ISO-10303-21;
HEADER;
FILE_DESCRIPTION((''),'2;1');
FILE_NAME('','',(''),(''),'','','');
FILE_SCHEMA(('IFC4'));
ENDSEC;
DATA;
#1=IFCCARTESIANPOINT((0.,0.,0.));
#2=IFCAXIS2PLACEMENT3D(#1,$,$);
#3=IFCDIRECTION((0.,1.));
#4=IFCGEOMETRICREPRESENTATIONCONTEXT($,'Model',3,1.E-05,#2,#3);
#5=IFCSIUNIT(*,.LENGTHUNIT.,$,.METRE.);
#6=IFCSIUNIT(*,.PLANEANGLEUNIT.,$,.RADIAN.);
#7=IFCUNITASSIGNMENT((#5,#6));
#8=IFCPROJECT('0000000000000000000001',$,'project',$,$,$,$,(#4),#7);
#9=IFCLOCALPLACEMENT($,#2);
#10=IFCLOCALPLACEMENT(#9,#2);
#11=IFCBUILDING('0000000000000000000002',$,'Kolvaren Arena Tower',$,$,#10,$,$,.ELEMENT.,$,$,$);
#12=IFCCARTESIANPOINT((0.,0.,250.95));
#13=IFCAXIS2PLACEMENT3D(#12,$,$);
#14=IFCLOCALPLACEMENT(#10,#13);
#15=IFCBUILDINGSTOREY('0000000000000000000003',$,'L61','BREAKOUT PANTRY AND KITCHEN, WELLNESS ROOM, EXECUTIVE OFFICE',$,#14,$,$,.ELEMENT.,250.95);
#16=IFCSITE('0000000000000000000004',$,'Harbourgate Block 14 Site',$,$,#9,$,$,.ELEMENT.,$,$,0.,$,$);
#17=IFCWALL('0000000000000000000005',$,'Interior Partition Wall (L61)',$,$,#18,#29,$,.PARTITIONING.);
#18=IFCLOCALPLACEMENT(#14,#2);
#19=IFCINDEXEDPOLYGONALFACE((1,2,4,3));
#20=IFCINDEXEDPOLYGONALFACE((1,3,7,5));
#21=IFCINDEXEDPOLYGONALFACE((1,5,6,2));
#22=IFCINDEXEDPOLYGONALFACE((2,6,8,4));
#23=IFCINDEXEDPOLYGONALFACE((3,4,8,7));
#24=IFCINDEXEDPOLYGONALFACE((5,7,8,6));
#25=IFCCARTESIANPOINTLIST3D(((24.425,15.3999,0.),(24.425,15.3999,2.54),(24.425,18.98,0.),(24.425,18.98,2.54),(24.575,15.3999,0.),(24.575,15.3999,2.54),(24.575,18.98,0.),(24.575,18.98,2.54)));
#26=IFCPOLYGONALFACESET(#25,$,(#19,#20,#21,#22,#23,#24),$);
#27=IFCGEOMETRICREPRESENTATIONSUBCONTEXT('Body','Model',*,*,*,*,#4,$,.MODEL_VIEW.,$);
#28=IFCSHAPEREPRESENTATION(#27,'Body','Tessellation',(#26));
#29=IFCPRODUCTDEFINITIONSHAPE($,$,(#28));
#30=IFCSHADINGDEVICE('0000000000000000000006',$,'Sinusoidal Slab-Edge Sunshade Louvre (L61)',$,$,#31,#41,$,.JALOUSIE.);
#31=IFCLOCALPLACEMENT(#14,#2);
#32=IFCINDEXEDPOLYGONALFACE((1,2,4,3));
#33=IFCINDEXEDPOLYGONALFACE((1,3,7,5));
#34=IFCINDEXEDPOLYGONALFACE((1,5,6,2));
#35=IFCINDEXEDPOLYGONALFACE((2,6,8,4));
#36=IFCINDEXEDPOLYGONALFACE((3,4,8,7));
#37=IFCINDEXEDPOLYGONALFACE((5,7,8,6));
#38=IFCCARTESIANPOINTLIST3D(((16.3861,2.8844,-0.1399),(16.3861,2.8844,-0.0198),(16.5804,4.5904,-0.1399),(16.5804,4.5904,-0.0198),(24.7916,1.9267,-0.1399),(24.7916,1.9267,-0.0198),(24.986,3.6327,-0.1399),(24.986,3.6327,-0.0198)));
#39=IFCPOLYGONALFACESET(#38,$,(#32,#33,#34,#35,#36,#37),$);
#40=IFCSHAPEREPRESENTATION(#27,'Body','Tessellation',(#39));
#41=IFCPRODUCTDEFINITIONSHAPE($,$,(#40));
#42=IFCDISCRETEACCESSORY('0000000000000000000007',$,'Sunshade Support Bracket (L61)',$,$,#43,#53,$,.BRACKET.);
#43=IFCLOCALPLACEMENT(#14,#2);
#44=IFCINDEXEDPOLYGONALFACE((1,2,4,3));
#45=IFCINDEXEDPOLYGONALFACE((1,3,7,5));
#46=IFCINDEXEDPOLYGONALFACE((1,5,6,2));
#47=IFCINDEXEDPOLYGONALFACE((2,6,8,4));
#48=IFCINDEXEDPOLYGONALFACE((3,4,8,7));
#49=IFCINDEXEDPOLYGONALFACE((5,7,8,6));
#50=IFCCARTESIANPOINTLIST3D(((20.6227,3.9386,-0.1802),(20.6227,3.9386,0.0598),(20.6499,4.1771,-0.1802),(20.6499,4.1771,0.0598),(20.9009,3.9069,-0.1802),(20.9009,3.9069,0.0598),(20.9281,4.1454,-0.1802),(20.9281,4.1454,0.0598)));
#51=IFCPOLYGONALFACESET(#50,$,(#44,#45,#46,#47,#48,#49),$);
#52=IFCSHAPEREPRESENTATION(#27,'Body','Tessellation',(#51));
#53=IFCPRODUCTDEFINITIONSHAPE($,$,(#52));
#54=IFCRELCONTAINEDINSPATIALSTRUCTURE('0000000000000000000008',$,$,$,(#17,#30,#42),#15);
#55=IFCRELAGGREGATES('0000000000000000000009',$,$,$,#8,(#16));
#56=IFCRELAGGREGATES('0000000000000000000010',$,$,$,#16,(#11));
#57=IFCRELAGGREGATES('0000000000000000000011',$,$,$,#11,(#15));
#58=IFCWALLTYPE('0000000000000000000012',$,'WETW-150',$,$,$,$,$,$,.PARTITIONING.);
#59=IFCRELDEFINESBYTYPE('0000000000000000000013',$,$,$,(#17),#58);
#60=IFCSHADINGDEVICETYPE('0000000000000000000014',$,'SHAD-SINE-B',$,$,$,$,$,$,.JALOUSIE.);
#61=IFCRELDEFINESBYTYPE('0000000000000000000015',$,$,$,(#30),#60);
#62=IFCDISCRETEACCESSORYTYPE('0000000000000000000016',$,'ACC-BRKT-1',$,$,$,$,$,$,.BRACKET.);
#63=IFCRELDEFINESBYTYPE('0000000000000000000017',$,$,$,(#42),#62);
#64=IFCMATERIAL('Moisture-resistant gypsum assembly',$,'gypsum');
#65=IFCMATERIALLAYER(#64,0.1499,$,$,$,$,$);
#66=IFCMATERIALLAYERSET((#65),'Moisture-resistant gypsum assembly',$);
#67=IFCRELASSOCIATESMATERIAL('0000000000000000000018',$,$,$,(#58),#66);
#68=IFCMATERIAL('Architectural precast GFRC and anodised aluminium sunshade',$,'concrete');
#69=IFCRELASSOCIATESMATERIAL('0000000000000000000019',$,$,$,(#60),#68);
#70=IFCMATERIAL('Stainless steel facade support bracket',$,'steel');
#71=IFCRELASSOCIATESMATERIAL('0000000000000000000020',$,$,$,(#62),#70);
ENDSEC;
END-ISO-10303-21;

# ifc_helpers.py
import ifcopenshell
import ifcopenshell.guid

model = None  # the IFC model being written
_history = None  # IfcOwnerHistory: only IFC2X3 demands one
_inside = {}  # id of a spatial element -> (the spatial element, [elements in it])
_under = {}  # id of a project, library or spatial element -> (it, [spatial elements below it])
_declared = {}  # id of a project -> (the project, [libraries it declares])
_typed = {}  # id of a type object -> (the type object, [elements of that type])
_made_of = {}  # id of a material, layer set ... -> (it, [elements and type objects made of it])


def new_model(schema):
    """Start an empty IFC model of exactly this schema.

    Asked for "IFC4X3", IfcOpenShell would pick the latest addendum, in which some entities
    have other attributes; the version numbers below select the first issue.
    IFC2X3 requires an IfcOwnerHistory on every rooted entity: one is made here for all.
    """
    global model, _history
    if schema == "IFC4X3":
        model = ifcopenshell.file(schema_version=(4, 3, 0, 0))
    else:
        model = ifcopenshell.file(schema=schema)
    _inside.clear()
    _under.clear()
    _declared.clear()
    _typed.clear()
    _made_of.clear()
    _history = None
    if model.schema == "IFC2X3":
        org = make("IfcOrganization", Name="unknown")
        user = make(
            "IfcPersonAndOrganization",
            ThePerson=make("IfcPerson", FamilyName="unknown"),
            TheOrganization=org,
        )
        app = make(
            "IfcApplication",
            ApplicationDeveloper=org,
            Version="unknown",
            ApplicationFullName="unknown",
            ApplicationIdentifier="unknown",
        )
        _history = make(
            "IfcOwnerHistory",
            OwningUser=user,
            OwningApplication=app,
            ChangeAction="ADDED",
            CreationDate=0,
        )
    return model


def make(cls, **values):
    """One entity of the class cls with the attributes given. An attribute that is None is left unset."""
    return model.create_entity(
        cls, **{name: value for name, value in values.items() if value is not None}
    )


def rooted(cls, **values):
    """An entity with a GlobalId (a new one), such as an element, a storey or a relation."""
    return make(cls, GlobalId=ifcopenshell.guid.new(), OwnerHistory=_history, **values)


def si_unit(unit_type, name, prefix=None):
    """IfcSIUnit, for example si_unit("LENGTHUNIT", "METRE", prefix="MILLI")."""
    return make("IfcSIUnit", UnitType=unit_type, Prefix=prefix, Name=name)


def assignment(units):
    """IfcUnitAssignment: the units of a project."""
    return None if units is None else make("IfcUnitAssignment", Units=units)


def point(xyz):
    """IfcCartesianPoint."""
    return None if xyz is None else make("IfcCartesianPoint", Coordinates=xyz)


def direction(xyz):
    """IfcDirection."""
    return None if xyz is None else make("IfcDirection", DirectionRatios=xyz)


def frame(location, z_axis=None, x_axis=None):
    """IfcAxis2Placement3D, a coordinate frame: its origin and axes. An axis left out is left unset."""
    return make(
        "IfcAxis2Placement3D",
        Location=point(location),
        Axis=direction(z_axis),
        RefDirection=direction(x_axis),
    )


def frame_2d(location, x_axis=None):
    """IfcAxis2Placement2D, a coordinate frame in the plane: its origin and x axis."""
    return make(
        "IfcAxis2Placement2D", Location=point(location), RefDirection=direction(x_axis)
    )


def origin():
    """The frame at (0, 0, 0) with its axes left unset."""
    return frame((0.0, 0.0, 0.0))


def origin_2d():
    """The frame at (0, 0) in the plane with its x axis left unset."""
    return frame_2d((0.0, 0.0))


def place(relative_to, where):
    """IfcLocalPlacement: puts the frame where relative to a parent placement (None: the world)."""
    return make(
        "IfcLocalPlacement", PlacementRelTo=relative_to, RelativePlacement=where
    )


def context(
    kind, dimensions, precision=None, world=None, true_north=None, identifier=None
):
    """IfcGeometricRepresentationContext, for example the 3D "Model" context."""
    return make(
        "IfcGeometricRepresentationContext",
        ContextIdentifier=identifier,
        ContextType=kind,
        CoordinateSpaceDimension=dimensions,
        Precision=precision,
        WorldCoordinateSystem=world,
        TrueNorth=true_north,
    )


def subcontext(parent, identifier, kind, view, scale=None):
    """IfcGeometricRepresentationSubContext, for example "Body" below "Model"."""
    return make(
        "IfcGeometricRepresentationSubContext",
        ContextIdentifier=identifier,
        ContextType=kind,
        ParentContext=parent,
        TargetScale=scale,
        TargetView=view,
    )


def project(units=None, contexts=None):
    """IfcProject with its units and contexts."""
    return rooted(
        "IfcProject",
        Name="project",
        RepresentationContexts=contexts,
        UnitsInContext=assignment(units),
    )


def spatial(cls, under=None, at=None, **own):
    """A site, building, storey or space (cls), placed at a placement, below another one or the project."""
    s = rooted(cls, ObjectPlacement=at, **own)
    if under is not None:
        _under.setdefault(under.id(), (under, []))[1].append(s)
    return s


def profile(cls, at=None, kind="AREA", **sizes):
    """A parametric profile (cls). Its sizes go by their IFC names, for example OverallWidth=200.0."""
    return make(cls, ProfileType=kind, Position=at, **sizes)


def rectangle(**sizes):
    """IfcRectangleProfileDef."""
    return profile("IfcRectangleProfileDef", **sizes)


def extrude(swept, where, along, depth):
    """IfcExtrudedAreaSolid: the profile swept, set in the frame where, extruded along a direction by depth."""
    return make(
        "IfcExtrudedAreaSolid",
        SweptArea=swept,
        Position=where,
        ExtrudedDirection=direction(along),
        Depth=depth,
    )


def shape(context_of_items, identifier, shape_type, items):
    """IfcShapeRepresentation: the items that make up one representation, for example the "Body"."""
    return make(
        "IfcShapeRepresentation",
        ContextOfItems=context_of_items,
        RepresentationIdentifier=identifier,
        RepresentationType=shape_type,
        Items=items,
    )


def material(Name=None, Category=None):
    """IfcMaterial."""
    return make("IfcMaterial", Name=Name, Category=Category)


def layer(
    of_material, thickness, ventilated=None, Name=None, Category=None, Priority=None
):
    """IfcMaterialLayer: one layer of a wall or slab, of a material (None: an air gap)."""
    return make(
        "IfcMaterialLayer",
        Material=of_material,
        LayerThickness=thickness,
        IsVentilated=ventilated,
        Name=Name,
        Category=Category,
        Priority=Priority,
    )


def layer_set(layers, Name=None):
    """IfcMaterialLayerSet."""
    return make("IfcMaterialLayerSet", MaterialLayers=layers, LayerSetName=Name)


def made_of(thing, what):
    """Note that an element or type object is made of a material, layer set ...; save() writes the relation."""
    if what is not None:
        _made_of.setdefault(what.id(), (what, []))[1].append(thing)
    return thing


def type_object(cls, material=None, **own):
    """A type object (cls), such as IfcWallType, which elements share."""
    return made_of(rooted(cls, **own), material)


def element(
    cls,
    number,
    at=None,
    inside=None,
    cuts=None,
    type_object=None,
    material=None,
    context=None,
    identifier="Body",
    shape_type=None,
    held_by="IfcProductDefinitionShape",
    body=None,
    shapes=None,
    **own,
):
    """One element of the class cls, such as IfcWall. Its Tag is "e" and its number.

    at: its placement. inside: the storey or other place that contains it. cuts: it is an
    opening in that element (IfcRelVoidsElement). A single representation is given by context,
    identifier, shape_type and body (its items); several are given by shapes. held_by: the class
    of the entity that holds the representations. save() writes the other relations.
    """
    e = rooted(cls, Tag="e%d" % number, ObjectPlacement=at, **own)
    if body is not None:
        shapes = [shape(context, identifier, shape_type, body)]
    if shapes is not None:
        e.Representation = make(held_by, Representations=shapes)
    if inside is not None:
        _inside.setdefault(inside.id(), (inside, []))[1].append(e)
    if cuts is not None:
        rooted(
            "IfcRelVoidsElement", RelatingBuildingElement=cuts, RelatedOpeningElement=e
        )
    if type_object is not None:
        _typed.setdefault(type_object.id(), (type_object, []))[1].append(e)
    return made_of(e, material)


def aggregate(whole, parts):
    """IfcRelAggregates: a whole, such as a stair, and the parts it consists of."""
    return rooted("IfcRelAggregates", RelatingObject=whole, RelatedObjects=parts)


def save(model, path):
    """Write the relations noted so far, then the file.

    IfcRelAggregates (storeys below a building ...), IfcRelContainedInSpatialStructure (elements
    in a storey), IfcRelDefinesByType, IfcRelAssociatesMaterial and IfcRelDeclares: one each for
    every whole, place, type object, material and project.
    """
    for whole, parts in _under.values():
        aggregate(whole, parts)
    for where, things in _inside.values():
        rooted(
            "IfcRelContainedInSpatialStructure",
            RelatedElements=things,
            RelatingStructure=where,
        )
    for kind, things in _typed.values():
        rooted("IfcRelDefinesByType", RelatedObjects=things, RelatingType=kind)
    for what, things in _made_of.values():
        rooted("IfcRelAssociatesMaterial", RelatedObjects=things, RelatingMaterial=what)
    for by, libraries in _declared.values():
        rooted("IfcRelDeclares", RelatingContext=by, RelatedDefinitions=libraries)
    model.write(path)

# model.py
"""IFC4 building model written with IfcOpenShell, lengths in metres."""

from ifc_helpers import new_model, si_unit, direction, frame, frame_2d, origin, origin_2d, place, context, subcontext, project, spatial, rectangle, extrude, material, layer, layer_set, type_object, element, save


model = new_model("IFC4")

# Units and contexts
model_context = context("Model", 3, precision=1e-05, world=origin(), true_north=direction((0.0, 1.0)))
body_context = subcontext(model_context, "Body", "Model", "MODEL_VIEW")
ifc_project = project(units=[si_unit("LENGTHUNIT", "METRE"), si_unit("PLANEANGLEUNIT", "RADIAN")], contexts=[model_context])

# Site, building, storey
site_placement = place(None, origin())
site = spatial("IfcSite", under=ifc_project, at=site_placement, Name="Harbourgate Block 14 Site", CompositionType="ELEMENT", RefElevation=0.0)
building_placement = place(site_placement, origin())
building = spatial("IfcBuilding", under=site, at=building_placement, Name="Kolvaren Arena Tower", CompositionType="ELEMENT")
storey_placement = place(building_placement, frame((0.0, 0.0, 250.95)))
storey = spatial("IfcBuildingStorey", under=building, at=storey_placement, Name="L61", Description="BREAKOUT PANTRY AND KITCHEN, WELLNESS ROOM, EXECUTIVE OFFICE", CompositionType="ELEMENT", Elevation=250.95)

# Wall
ifc_material_1 = material(Name="Moisture-resistant gypsum assembly", Category="gypsum")
ifc_layer_1 = layer(ifc_material_1, 0.1499)
ifc_layer_set_1 = layer_set([ifc_layer_1], Name="Moisture-resistant gypsum assembly")
wall_type_1 = type_object("IfcWallType", Name="WETW-150", PredefinedType="PARTITIONING", material=ifc_layer_set_1)
for number, where, z_axis, x_axis, name in (
    (1, (24.5, 15.3999, 0.0), (0.0, 0.0, 1.0), (0.0, 1.0, 0.0), "Interior Partition Wall (L61)"),
):
    element("IfcWall", number, at=place(storey_placement, frame(where, z_axis=z_axis, x_axis=x_axis)), inside=storey, type_object=wall_type_1, Name=name, PredefinedType="PARTITIONING", context=body_context, shape_type="SweptSolid", body=[
        extrude(rectangle(XDim=3.5801, YDim=0.1499, at=frame_2d((1.79, 0.0))), origin(), (0.0, 0.0, 1.0), 2.54),
    ])

# Shading device
ifc_material_2 = material(Name="Architectural precast GFRC and anodised aluminium sunshade", Category="concrete")
shading_device_type = type_object("IfcShadingDeviceType", Name="SHAD-SINE-B", PredefinedType="JALOUSIE", material=ifc_material_2)
shading_device_placement = place(storey_placement, frame((20.686, 3.2585, -0.1399), z_axis=(0.0, 0.0, 1.0), x_axis=(-0.993572, 0.113205, 0.0)))
element("IfcShadingDevice", 2, at=shading_device_placement, inside=storey, type_object=shading_device_type, Name="Sinusoidal Slab-Edge Sunshade Louvre (L61)", PredefinedType="JALOUSIE", context=body_context, shape_type="SweptSolid", body=[
    extrude(rectangle(XDim=8.46, YDim=1.717, at=origin_2d()), origin(), (0.0, 0.0, 1.0), 0.1201),
])

# Discrete accessory
ifc_material_3 = material(Name="Stainless steel facade support bracket", Category="steel")
discrete_accessory_type = type_object("IfcDiscreteAccessoryType", Name="ACC-BRKT-1", PredefinedType="BRACKET", material=ifc_material_3)
discrete_accessory_placement = place(storey_placement, frame((20.7754, 4.042, -0.1802), z_axis=(0.0, 0.0, 1.0), x_axis=(-0.993572, 0.113205, 0.0)))
element("IfcDiscreteAccessory", 3, at=discrete_accessory_placement, inside=storey, type_object=discrete_accessory_type, Name="Sunshade Support Bracket (L61)", PredefinedType="BRACKET", context=body_context, shape_type="SweptSolid", body=[
    extrude(rectangle(XDim=0.28, YDim=0.24, at=origin_2d()), origin(), (0.0, 0.0, 1.0), 0.24),
])

save(model, "model.ifc")
